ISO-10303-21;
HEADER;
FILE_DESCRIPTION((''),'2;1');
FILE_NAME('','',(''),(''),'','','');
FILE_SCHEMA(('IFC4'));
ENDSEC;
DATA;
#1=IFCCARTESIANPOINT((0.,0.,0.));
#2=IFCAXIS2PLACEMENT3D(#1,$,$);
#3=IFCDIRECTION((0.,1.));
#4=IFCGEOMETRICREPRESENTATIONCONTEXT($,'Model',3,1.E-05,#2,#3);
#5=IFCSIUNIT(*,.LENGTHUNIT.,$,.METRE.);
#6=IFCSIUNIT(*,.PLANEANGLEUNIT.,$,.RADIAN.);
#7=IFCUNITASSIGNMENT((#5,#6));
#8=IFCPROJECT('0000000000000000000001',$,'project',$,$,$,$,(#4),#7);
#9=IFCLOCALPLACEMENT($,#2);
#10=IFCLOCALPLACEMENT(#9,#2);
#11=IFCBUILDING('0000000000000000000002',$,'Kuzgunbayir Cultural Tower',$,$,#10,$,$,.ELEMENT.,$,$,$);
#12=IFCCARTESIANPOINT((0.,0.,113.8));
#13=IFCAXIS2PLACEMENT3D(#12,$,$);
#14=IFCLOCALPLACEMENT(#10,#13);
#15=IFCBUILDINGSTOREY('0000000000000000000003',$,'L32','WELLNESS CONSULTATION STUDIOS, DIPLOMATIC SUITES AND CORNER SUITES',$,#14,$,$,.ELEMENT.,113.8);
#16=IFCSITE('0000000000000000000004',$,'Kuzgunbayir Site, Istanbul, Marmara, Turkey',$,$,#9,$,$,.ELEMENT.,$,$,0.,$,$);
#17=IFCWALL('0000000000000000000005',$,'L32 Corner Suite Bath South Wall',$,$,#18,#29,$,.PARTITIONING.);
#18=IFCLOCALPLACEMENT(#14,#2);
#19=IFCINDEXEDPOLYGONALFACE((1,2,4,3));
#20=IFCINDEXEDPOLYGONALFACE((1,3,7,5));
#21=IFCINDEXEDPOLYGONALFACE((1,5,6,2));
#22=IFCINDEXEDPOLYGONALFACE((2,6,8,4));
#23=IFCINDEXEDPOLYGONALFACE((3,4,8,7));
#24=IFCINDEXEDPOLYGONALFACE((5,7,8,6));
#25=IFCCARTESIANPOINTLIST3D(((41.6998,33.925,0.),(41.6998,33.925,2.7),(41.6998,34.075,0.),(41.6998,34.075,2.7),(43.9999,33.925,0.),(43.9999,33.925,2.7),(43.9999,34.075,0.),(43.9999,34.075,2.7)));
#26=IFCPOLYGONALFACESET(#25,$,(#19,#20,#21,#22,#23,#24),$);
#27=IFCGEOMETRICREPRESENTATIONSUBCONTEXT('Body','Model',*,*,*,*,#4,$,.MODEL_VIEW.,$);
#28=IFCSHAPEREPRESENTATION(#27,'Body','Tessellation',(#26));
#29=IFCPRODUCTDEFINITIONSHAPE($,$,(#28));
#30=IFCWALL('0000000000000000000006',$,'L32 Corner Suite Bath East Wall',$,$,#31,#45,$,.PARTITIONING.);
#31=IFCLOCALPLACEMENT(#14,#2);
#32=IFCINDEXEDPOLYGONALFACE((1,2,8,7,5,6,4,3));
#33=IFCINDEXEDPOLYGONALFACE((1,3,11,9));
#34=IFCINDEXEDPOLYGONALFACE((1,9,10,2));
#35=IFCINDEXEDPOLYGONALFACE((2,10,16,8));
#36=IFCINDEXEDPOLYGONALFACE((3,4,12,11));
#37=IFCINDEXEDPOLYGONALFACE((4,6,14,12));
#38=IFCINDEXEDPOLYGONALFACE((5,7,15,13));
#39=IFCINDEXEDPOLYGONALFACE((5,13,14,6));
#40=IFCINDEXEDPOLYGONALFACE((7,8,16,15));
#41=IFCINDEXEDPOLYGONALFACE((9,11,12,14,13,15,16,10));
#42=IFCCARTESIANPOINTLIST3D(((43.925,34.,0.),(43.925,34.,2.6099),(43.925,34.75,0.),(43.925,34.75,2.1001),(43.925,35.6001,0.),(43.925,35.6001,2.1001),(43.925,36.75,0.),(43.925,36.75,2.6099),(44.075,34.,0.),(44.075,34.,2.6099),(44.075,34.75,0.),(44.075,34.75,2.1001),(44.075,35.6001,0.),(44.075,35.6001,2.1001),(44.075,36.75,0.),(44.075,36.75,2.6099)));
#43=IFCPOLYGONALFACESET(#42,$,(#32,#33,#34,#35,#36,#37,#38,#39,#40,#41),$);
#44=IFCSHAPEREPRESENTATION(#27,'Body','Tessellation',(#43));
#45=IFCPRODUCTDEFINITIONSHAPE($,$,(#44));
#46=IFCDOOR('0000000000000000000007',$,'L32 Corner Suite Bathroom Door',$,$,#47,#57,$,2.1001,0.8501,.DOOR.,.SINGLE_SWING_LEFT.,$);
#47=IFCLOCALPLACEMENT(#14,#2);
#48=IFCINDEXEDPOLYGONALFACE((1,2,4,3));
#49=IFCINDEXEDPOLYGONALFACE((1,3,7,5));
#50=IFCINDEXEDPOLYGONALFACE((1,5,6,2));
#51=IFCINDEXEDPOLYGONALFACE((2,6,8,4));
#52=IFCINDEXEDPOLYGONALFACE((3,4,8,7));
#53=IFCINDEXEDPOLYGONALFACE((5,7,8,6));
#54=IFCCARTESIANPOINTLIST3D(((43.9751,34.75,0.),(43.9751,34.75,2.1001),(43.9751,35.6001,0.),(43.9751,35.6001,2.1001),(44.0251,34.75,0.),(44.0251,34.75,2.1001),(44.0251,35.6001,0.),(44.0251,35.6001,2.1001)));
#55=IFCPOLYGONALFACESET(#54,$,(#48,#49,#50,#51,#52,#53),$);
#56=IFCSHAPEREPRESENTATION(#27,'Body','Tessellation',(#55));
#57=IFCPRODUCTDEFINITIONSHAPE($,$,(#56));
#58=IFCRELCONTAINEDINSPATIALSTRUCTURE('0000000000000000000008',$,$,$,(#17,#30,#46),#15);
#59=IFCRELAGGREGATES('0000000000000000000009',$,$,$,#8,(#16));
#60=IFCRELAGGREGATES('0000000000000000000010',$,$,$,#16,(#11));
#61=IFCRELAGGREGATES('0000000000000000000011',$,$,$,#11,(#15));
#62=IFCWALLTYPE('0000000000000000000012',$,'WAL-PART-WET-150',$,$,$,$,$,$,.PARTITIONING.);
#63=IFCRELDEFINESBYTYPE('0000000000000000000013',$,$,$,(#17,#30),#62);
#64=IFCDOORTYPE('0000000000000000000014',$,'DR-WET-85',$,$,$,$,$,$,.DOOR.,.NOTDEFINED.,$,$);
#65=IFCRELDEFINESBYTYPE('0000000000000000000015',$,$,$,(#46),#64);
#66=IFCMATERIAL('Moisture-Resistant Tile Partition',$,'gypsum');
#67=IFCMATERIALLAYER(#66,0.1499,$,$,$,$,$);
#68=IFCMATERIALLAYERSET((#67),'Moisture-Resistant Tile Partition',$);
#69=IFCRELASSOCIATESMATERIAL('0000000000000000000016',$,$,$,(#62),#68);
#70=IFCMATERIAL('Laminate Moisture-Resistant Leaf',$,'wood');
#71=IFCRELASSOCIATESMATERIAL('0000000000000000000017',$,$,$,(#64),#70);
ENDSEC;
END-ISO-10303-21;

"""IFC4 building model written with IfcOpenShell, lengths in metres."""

from ifc_helpers import new_model, si_unit, direction, frame, frame_2d, origin, place, context, subcontext, project, spatial, rectangle, extrude, material, layer, layer_set, type_object, element, fill, save


model = new_model("IFC4")

# Units and contexts
model_context = context("Model", 3, precision=1e-05, world=origin(), true_north=direction((0.0, 1.0)))
body_context = subcontext(model_context, "Body", "Model", "MODEL_VIEW")
ifc_project = project(units=[si_unit("LENGTHUNIT", "METRE"), si_unit("PLANEANGLEUNIT", "RADIAN")], contexts=[model_context])

# Site, building, storey
site_placement = place(None, origin())
site = spatial("IfcSite", under=ifc_project, at=site_placement, Name="Kuzgunbayir Site, Istanbul, Marmara, Turkey", CompositionType="ELEMENT", RefElevation=0.0)
building_placement = place(site_placement, origin())
building = spatial("IfcBuilding", under=site, at=building_placement, Name="Kuzgunbayir Cultural Tower", CompositionType="ELEMENT")
storey_placement = place(building_placement, frame((0.0, 0.0, 113.8)))
storey = spatial("IfcBuildingStorey", under=building, at=storey_placement, Name="L32", Description="WELLNESS CONSULTATION STUDIOS, DIPLOMATIC SUITES AND CORNER SUITES", CompositionType="ELEMENT", Elevation=113.8)

# Wall
ifc_material_1 = material(Name="Moisture-Resistant Tile Partition", Category="gypsum")
ifc_layer_1 = layer(ifc_material_1, 0.1499)
ifc_layer_set_1 = layer_set([ifc_layer_1], Name="Moisture-Resistant Tile Partition")
wall_type_1 = type_object("IfcWallType", Name="WAL-PART-WET-150", PredefinedType="PARTITIONING", material=ifc_layer_set_1)
wall_1_placement = place(storey_placement, frame((41.7, 34.0, 0.0), z_axis=(0.0, 0.0, 1.0), x_axis=(1.0, 0.0, 0.0)))
element("IfcWall", 1, at=wall_1_placement, inside=storey, type_object=wall_type_1, Name="L32 Corner Suite Bath South Wall", PredefinedType="PARTITIONING", context=body_context, shape_type="SweptSolid", body=[
    extrude(rectangle(XDim=2.3, YDim=0.1499, at=frame_2d((1.1499, 0.0))), origin(), (0.0, 0.0, 1.0), 2.7),
])

# Wall, opening, door
wall_2_placement = place(storey_placement, frame((44.0, 34.0, 0.0), z_axis=(0.0, 0.0, 1.0), x_axis=(0.0, 1.0, 0.0)))
wall_2 = element("IfcWall", 2, at=wall_2_placement, inside=storey, type_object=wall_type_1, Name="L32 Corner Suite Bath East Wall", PredefinedType="PARTITIONING", context=body_context, shape_type="SweptSolid", body=[
    extrude(rectangle(XDim=2.75, YDim=0.1499, at=frame_2d((1.375, 0.0))), origin(), (0.0, 0.0, 1.0), 2.6099),
])
opening_1_placement = place(wall_2_placement, frame((0.75, 0.0, 0.0)))
opening_1 = element("IfcOpeningElement", 3, at=opening_1_placement, cuts=wall_2, PredefinedType="OPENING", context=body_context, shape_type="SweptSolid", body=[
    extrude(rectangle(XDim=0.8501, YDim=2.1001, at=frame_2d((0.425, 1.05))), frame((0.0, 0.085, 0.0), z_axis=(0.0, -1.0, 0.0), x_axis=(1.0, 0.0, 0.0)), (0.0, 0.0, 1.0), 0.1699),
])
ifc_material_2 = material(Name="Laminate Moisture-Resistant Leaf", Category="wood")
door_type_1 = type_object("IfcDoorType", Name="DR-WET-85", OperationType="NOTDEFINED", PredefinedType="DOOR", material=ifc_material_2)
door_1_placement = place(opening_1_placement, origin())
door_1 = element("IfcDoor", 4, at=door_1_placement, inside=storey, type_object=door_type_1, Name="L32 Corner Suite Bathroom Door", OperationType="SINGLE_SWING_LEFT", OverallHeight=2.1001, OverallWidth=0.8501, PredefinedType="DOOR", context=body_context, shape_type="SweptSolid", body=[
    extrude(rectangle(XDim=0.8501, YDim=2.1001, at=frame_2d((0.425, 1.05))), frame((0.0, 0.0249, 0.0), z_axis=(0.0, -1.0, 0.0), x_axis=(1.0, 0.0, 0.0)), (0.0, 0.0, 1.0), 0.05),
])
fill(opening_1, door_1)

save(model, "model.ifc")
